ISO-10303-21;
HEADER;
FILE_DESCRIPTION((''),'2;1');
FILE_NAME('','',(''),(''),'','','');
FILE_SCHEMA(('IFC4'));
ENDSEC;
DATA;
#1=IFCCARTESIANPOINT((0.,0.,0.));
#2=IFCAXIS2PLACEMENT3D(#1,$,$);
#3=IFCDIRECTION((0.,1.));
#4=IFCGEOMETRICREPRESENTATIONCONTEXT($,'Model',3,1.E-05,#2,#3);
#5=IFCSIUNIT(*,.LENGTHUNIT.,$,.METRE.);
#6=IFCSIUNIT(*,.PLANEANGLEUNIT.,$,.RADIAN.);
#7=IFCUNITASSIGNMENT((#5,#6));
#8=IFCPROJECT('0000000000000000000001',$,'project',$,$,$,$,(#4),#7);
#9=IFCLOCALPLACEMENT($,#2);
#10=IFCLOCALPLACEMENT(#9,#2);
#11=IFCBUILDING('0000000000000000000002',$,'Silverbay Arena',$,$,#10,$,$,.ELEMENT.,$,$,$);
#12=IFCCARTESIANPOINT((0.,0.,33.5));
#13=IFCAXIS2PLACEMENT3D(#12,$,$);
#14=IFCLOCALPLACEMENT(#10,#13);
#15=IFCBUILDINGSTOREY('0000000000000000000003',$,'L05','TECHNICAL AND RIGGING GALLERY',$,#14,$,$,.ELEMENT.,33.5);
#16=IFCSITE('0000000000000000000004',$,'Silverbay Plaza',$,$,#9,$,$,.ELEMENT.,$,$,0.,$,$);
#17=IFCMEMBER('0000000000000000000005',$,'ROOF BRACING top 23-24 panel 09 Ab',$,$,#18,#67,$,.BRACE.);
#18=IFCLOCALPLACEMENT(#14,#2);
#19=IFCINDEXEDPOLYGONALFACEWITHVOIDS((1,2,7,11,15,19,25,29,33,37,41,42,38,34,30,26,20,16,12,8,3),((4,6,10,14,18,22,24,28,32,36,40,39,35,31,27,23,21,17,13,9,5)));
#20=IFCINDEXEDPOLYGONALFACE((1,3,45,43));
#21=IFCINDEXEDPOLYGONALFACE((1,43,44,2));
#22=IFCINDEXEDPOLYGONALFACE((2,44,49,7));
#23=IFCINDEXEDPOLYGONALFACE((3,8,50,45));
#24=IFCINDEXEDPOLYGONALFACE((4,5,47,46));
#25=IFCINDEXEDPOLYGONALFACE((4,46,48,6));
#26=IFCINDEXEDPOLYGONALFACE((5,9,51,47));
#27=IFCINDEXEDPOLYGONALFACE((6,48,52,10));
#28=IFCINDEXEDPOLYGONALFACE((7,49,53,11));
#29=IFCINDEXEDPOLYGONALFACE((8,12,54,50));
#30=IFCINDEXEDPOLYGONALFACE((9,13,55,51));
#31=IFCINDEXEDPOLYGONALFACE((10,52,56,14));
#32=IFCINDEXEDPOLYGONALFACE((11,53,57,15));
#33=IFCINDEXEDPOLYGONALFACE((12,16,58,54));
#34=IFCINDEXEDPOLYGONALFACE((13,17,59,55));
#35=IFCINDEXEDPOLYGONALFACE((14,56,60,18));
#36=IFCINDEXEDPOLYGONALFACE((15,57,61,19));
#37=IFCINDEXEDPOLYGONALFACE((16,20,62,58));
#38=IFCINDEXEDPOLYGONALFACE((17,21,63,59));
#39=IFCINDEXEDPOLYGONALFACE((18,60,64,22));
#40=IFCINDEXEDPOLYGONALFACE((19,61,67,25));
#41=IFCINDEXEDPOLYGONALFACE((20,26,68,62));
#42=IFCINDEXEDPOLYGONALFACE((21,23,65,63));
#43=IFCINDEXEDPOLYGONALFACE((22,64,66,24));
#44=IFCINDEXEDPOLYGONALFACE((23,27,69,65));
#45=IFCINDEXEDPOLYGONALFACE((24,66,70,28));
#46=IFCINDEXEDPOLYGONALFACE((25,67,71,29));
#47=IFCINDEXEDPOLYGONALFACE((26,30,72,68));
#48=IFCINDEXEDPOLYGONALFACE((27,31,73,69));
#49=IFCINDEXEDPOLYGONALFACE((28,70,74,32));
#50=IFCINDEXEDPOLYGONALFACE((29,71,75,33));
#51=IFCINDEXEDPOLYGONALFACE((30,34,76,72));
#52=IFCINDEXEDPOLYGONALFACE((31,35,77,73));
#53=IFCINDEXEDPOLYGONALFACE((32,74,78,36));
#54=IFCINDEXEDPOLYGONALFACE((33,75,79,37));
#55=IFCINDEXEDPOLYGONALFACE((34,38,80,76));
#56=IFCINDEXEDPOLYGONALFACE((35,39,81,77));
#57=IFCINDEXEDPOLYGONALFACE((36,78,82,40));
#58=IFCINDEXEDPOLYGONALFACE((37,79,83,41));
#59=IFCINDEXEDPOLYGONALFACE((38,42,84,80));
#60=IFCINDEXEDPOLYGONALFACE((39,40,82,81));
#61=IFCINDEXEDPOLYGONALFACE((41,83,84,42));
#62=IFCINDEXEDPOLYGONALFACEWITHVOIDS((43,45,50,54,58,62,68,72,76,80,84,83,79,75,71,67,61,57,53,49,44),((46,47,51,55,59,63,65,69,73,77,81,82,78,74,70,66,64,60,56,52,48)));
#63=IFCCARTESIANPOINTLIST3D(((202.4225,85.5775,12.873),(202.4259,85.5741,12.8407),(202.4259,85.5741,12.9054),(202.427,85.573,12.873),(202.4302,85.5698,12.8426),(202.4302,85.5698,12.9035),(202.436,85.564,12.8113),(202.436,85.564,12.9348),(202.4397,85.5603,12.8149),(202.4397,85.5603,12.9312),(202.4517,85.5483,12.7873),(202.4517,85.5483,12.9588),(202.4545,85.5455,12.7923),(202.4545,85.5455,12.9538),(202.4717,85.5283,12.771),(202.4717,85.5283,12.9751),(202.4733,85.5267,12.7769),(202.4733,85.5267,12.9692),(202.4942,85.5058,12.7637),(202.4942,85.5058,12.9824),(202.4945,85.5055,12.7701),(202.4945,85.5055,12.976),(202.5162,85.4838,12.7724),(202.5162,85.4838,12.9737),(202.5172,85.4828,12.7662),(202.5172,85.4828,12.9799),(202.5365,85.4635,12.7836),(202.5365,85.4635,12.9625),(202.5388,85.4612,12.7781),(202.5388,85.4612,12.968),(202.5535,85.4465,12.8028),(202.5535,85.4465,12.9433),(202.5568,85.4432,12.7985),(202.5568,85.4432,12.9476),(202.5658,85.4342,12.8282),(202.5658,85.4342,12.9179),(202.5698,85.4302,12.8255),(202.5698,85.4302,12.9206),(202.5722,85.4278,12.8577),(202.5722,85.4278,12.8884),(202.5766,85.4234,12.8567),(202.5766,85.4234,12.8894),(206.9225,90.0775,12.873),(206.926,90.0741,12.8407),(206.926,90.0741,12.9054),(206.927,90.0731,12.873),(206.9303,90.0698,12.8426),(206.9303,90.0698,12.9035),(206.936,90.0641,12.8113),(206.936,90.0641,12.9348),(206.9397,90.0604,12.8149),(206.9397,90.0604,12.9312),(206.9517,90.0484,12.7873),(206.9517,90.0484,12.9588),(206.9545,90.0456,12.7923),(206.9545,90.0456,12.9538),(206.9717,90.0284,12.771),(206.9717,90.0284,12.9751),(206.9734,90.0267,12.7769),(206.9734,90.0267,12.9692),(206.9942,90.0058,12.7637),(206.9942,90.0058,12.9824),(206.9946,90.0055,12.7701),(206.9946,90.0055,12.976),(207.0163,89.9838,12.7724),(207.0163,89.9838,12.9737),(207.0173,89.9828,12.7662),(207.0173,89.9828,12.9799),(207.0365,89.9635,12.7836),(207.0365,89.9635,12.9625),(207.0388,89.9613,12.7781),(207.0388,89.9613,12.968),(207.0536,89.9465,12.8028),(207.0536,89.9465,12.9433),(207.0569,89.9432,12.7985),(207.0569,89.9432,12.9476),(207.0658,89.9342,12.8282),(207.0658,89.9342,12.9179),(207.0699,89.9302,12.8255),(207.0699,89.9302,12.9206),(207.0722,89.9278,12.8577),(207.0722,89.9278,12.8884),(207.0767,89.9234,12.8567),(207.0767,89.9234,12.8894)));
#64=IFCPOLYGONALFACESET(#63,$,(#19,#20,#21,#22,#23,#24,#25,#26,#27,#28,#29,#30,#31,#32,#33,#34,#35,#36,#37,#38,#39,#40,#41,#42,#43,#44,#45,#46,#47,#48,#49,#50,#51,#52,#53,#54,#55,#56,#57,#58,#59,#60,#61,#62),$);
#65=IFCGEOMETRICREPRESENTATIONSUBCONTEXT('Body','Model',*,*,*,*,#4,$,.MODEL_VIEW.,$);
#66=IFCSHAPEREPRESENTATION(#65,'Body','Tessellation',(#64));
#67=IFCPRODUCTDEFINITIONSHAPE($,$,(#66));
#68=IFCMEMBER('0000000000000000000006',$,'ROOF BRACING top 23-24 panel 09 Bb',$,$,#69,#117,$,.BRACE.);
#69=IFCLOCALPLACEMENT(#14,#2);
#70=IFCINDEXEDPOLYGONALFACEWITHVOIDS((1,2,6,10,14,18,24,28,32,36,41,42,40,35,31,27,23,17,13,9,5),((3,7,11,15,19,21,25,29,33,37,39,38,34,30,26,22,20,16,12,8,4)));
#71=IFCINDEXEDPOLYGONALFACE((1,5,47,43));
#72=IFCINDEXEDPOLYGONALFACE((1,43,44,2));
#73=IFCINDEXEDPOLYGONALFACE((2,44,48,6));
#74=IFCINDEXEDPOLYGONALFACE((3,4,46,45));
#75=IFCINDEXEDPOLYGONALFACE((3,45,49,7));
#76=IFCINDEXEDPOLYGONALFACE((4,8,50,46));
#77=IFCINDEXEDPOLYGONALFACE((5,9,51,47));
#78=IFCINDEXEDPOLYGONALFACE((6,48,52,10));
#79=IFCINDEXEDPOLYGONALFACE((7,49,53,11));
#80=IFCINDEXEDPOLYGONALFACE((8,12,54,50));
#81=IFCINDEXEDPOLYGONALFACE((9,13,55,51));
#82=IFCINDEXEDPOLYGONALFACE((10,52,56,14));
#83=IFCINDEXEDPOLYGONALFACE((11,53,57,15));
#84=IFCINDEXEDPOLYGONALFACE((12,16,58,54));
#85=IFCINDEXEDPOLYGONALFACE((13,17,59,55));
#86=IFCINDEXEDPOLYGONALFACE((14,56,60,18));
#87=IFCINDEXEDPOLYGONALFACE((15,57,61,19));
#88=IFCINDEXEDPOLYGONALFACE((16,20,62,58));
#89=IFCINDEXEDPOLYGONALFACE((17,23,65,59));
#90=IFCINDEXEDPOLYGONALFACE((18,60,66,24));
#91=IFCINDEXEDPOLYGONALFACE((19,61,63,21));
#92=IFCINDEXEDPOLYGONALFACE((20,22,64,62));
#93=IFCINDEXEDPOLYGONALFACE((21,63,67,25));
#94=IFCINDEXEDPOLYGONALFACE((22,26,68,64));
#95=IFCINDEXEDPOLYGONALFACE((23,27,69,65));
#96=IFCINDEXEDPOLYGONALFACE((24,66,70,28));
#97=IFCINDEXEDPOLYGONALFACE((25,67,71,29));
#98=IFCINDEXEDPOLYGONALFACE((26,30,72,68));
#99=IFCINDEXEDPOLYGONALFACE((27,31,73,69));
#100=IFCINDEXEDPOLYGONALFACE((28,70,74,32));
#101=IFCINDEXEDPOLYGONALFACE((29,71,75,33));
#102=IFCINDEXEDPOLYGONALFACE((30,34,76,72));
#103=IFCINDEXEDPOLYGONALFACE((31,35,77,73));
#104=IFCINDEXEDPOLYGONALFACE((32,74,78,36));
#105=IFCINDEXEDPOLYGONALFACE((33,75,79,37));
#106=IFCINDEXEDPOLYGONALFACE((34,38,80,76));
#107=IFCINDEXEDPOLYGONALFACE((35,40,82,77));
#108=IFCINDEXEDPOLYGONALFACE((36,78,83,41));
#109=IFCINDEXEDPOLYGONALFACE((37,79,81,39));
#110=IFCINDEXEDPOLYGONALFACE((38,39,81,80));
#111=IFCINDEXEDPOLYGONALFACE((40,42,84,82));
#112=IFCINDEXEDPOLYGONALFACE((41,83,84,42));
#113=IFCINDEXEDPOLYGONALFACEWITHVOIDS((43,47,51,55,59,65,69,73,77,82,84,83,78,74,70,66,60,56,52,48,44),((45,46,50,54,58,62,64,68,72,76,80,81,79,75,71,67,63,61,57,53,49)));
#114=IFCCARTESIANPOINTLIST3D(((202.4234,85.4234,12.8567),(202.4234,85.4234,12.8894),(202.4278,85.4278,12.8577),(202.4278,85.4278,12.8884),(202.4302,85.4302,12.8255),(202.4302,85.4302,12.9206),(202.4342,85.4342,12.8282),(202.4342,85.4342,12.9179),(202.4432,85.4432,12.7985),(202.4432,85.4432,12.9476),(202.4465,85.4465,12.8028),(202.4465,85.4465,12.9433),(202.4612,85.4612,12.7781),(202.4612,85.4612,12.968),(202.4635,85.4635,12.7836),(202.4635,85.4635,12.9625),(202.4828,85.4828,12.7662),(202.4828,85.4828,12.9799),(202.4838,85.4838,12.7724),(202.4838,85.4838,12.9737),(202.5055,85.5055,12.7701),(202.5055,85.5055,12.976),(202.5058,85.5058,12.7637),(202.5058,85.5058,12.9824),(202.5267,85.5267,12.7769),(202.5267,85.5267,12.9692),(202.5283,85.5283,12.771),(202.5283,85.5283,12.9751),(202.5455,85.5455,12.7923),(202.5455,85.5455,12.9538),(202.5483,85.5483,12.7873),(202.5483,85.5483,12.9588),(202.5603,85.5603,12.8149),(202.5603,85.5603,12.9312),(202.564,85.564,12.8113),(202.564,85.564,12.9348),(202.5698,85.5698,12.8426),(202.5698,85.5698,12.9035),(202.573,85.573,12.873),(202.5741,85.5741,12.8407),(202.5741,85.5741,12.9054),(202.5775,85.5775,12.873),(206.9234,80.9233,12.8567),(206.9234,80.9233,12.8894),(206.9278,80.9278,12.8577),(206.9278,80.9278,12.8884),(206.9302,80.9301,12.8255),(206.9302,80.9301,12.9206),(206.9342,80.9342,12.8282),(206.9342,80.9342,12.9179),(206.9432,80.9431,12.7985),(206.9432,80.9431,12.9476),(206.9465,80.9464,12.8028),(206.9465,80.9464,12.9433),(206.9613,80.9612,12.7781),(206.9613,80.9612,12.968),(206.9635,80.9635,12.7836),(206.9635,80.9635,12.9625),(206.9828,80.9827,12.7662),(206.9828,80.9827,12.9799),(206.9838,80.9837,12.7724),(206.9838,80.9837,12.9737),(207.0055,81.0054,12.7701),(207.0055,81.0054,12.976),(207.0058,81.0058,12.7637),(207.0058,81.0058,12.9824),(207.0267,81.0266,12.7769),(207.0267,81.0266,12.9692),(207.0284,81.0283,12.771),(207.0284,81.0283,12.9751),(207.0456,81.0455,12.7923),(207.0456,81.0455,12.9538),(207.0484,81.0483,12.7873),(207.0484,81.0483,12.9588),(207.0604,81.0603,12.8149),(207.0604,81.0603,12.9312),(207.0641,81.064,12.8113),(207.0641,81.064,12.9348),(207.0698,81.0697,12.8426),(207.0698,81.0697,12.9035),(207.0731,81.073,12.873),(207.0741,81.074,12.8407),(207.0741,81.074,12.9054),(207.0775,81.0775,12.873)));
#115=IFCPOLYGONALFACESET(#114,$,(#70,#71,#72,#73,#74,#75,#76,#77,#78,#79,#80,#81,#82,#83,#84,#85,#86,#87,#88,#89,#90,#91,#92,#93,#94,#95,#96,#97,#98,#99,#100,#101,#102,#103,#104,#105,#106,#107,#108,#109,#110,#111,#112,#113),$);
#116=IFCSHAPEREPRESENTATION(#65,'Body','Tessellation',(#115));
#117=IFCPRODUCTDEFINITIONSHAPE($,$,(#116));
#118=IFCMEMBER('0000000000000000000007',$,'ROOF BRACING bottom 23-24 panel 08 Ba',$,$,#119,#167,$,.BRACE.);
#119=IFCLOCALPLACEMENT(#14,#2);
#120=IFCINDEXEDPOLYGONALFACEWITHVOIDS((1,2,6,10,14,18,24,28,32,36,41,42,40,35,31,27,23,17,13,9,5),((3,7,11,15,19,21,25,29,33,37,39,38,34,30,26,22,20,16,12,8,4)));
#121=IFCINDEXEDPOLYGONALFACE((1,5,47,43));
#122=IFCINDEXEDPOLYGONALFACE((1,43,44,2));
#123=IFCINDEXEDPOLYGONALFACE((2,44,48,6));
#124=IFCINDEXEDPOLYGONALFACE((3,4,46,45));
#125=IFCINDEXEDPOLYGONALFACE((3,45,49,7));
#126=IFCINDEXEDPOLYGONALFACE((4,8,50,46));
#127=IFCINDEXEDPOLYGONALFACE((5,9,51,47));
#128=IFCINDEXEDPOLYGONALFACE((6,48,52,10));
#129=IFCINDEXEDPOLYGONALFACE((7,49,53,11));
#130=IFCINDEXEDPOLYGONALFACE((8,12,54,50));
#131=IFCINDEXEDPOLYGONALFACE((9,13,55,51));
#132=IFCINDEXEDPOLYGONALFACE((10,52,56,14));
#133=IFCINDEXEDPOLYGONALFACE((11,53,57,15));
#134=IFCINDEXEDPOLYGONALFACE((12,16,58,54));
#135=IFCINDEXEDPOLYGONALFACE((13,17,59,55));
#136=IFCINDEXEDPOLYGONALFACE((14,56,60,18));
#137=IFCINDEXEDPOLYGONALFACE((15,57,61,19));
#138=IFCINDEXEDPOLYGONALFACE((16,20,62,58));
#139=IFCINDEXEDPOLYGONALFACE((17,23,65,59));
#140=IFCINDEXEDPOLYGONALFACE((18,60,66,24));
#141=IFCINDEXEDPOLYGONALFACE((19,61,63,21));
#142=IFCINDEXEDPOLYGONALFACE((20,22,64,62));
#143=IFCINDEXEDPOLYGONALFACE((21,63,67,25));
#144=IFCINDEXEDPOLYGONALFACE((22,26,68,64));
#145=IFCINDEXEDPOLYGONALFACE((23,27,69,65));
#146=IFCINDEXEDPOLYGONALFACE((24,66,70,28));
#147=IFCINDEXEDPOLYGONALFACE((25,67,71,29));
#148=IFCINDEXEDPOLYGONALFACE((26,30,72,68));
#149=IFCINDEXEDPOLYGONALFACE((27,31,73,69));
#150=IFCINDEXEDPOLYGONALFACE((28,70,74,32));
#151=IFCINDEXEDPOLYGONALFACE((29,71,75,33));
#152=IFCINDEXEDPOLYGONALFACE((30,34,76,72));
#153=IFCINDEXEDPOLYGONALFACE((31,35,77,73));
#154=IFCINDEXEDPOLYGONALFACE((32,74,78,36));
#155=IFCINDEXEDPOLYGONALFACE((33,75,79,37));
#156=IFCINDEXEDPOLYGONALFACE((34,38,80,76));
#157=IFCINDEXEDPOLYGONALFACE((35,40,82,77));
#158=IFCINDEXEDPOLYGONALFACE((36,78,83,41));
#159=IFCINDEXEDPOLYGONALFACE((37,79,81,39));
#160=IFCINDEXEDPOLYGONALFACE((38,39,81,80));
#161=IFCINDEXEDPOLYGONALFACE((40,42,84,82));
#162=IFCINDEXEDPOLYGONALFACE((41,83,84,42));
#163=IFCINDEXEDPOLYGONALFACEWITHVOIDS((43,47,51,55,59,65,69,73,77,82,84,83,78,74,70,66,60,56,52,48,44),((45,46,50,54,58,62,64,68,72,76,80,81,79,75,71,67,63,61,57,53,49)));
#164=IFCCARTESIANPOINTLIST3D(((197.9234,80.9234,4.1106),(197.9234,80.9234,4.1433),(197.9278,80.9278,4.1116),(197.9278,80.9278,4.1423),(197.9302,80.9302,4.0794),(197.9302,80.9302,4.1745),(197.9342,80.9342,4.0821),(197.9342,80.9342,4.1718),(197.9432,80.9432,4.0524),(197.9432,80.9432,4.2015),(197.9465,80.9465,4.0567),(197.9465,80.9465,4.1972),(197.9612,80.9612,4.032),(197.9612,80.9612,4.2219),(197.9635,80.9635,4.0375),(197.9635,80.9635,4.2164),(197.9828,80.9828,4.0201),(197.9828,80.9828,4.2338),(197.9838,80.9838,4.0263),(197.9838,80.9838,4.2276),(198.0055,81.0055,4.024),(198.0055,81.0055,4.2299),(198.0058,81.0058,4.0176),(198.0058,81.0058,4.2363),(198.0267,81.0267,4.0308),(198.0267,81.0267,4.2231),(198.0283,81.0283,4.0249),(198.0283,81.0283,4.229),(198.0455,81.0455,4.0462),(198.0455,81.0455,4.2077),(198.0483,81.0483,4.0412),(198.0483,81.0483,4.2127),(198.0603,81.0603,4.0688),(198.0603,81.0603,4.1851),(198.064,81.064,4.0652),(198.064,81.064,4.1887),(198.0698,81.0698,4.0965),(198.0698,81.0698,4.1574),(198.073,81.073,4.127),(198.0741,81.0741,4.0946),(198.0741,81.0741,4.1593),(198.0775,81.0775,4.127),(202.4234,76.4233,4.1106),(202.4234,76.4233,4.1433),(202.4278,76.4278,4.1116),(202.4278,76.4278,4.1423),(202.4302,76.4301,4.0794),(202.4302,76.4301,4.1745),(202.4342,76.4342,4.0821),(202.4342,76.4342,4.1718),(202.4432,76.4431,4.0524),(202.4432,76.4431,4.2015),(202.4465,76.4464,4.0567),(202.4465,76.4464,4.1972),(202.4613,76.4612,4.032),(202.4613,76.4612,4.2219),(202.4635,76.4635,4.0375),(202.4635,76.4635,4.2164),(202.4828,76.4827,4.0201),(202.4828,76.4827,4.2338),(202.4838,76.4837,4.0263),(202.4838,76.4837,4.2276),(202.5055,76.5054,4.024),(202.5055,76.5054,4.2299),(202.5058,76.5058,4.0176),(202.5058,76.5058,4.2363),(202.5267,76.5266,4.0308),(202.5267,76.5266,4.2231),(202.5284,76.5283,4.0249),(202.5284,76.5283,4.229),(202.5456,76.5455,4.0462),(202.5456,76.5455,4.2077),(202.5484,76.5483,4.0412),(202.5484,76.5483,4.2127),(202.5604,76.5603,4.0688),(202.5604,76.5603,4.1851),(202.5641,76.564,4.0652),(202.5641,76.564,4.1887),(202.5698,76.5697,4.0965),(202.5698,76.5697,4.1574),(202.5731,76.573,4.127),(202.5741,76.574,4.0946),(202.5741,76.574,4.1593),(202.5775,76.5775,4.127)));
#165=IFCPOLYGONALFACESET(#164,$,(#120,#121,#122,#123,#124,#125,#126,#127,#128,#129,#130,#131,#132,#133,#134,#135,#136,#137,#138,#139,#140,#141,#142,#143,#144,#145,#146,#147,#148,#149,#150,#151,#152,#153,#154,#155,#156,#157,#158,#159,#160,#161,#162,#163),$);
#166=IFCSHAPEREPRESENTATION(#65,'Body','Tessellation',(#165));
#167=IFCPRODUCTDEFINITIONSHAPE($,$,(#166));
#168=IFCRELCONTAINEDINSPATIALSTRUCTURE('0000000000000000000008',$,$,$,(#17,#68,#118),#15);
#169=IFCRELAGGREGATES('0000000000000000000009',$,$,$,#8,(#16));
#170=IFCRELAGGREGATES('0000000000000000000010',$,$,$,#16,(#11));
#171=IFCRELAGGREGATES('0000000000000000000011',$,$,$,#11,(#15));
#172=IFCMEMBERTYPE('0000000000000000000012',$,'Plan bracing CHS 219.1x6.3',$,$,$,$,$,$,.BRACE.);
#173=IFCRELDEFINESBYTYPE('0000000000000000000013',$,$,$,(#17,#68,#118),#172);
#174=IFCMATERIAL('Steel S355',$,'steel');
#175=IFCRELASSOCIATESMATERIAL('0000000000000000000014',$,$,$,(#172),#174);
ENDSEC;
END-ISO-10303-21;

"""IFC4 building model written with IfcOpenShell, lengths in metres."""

from ifc_helpers import new_model, si_unit, direction, frame, origin, origin_2d, place, context, subcontext, project, spatial, hollow_circle, extrude, material, material_profile, profile_set, type_object, element, save


model = new_model("IFC4")

# Units and contexts
model_context = context("Model", 3, precision=1e-05, world=origin(), true_north=direction((0.0, 1.0)))
body_context = subcontext(model_context, "Body", "Model", "MODEL_VIEW")
ifc_project = project(units=[si_unit("LENGTHUNIT", "METRE"), si_unit("PLANEANGLEUNIT", "RADIAN")], contexts=[model_context])

# Site, building, storey
site_placement = place(None, origin())
site = spatial("IfcSite", under=ifc_project, at=site_placement, Name="Silverbay Plaza", CompositionType="ELEMENT", RefElevation=0.0)
building_placement = place(site_placement, origin())
building = spatial("IfcBuilding", under=site, at=building_placement, Name="Silverbay Arena", CompositionType="ELEMENT")
storey_placement = place(building_placement, frame((0.0, 0.0, 33.5)))
storey = spatial("IfcBuildingStorey", under=building, at=storey_placement, Name="L05", Description="TECHNICAL AND RIGGING GALLERY", CompositionType="ELEMENT", Elevation=33.5)

# Members
ifc_material_1 = material(Name="Steel S355", Category="steel")
ifc_material_profile_1 = material_profile(ifc_material_1, hollow_circle(Radius=0.1096, WallThickness=0.0063, at=origin_2d()), Name="CHS 219.1x6.3")
ifc_profile_set_1 = profile_set([ifc_material_profile_1], Name="Steel S355")
member_type_1 = type_object("IfcMemberType", Name="Plan bracing CHS 219.1x6.3", PredefinedType="BRACE", material=ifc_profile_set_1)
for number, where, z_axis, x_axis, name in (
    (1, (202.5, 85.5, 12.873), (0.707107, 0.707107, 0.0), (-0.707107, 0.707107, 0.0), "ROOF BRACING top 23-24 panel 09 Ab"),
    (2, (202.5, 85.5, 12.873), (0.707107, -0.707107, 0.0), (0.707107, 0.707107, 0.0), "ROOF BRACING top 23-24 panel 09 Bb"),
    (3, (198.0, 81.0, 4.127), (0.707107, -0.707107, 0.0), (0.707107, 0.707107, 0.0), "ROOF BRACING bottom 23-24 panel 08 Ba"),
):
    element("IfcMember", number, at=place(storey_placement, frame(where, z_axis=z_axis, x_axis=x_axis)), inside=storey, type_object=member_type_1, Name=name, PredefinedType="BRACE", context=body_context, shape_type="SweptSolid", body=[
        extrude(hollow_circle(Radius=0.1096, WallThickness=0.0063, at=origin_2d()), origin(), (0.0, 0.0, 1.0), 6.364),
    ])

save(model, "model.ifc")
